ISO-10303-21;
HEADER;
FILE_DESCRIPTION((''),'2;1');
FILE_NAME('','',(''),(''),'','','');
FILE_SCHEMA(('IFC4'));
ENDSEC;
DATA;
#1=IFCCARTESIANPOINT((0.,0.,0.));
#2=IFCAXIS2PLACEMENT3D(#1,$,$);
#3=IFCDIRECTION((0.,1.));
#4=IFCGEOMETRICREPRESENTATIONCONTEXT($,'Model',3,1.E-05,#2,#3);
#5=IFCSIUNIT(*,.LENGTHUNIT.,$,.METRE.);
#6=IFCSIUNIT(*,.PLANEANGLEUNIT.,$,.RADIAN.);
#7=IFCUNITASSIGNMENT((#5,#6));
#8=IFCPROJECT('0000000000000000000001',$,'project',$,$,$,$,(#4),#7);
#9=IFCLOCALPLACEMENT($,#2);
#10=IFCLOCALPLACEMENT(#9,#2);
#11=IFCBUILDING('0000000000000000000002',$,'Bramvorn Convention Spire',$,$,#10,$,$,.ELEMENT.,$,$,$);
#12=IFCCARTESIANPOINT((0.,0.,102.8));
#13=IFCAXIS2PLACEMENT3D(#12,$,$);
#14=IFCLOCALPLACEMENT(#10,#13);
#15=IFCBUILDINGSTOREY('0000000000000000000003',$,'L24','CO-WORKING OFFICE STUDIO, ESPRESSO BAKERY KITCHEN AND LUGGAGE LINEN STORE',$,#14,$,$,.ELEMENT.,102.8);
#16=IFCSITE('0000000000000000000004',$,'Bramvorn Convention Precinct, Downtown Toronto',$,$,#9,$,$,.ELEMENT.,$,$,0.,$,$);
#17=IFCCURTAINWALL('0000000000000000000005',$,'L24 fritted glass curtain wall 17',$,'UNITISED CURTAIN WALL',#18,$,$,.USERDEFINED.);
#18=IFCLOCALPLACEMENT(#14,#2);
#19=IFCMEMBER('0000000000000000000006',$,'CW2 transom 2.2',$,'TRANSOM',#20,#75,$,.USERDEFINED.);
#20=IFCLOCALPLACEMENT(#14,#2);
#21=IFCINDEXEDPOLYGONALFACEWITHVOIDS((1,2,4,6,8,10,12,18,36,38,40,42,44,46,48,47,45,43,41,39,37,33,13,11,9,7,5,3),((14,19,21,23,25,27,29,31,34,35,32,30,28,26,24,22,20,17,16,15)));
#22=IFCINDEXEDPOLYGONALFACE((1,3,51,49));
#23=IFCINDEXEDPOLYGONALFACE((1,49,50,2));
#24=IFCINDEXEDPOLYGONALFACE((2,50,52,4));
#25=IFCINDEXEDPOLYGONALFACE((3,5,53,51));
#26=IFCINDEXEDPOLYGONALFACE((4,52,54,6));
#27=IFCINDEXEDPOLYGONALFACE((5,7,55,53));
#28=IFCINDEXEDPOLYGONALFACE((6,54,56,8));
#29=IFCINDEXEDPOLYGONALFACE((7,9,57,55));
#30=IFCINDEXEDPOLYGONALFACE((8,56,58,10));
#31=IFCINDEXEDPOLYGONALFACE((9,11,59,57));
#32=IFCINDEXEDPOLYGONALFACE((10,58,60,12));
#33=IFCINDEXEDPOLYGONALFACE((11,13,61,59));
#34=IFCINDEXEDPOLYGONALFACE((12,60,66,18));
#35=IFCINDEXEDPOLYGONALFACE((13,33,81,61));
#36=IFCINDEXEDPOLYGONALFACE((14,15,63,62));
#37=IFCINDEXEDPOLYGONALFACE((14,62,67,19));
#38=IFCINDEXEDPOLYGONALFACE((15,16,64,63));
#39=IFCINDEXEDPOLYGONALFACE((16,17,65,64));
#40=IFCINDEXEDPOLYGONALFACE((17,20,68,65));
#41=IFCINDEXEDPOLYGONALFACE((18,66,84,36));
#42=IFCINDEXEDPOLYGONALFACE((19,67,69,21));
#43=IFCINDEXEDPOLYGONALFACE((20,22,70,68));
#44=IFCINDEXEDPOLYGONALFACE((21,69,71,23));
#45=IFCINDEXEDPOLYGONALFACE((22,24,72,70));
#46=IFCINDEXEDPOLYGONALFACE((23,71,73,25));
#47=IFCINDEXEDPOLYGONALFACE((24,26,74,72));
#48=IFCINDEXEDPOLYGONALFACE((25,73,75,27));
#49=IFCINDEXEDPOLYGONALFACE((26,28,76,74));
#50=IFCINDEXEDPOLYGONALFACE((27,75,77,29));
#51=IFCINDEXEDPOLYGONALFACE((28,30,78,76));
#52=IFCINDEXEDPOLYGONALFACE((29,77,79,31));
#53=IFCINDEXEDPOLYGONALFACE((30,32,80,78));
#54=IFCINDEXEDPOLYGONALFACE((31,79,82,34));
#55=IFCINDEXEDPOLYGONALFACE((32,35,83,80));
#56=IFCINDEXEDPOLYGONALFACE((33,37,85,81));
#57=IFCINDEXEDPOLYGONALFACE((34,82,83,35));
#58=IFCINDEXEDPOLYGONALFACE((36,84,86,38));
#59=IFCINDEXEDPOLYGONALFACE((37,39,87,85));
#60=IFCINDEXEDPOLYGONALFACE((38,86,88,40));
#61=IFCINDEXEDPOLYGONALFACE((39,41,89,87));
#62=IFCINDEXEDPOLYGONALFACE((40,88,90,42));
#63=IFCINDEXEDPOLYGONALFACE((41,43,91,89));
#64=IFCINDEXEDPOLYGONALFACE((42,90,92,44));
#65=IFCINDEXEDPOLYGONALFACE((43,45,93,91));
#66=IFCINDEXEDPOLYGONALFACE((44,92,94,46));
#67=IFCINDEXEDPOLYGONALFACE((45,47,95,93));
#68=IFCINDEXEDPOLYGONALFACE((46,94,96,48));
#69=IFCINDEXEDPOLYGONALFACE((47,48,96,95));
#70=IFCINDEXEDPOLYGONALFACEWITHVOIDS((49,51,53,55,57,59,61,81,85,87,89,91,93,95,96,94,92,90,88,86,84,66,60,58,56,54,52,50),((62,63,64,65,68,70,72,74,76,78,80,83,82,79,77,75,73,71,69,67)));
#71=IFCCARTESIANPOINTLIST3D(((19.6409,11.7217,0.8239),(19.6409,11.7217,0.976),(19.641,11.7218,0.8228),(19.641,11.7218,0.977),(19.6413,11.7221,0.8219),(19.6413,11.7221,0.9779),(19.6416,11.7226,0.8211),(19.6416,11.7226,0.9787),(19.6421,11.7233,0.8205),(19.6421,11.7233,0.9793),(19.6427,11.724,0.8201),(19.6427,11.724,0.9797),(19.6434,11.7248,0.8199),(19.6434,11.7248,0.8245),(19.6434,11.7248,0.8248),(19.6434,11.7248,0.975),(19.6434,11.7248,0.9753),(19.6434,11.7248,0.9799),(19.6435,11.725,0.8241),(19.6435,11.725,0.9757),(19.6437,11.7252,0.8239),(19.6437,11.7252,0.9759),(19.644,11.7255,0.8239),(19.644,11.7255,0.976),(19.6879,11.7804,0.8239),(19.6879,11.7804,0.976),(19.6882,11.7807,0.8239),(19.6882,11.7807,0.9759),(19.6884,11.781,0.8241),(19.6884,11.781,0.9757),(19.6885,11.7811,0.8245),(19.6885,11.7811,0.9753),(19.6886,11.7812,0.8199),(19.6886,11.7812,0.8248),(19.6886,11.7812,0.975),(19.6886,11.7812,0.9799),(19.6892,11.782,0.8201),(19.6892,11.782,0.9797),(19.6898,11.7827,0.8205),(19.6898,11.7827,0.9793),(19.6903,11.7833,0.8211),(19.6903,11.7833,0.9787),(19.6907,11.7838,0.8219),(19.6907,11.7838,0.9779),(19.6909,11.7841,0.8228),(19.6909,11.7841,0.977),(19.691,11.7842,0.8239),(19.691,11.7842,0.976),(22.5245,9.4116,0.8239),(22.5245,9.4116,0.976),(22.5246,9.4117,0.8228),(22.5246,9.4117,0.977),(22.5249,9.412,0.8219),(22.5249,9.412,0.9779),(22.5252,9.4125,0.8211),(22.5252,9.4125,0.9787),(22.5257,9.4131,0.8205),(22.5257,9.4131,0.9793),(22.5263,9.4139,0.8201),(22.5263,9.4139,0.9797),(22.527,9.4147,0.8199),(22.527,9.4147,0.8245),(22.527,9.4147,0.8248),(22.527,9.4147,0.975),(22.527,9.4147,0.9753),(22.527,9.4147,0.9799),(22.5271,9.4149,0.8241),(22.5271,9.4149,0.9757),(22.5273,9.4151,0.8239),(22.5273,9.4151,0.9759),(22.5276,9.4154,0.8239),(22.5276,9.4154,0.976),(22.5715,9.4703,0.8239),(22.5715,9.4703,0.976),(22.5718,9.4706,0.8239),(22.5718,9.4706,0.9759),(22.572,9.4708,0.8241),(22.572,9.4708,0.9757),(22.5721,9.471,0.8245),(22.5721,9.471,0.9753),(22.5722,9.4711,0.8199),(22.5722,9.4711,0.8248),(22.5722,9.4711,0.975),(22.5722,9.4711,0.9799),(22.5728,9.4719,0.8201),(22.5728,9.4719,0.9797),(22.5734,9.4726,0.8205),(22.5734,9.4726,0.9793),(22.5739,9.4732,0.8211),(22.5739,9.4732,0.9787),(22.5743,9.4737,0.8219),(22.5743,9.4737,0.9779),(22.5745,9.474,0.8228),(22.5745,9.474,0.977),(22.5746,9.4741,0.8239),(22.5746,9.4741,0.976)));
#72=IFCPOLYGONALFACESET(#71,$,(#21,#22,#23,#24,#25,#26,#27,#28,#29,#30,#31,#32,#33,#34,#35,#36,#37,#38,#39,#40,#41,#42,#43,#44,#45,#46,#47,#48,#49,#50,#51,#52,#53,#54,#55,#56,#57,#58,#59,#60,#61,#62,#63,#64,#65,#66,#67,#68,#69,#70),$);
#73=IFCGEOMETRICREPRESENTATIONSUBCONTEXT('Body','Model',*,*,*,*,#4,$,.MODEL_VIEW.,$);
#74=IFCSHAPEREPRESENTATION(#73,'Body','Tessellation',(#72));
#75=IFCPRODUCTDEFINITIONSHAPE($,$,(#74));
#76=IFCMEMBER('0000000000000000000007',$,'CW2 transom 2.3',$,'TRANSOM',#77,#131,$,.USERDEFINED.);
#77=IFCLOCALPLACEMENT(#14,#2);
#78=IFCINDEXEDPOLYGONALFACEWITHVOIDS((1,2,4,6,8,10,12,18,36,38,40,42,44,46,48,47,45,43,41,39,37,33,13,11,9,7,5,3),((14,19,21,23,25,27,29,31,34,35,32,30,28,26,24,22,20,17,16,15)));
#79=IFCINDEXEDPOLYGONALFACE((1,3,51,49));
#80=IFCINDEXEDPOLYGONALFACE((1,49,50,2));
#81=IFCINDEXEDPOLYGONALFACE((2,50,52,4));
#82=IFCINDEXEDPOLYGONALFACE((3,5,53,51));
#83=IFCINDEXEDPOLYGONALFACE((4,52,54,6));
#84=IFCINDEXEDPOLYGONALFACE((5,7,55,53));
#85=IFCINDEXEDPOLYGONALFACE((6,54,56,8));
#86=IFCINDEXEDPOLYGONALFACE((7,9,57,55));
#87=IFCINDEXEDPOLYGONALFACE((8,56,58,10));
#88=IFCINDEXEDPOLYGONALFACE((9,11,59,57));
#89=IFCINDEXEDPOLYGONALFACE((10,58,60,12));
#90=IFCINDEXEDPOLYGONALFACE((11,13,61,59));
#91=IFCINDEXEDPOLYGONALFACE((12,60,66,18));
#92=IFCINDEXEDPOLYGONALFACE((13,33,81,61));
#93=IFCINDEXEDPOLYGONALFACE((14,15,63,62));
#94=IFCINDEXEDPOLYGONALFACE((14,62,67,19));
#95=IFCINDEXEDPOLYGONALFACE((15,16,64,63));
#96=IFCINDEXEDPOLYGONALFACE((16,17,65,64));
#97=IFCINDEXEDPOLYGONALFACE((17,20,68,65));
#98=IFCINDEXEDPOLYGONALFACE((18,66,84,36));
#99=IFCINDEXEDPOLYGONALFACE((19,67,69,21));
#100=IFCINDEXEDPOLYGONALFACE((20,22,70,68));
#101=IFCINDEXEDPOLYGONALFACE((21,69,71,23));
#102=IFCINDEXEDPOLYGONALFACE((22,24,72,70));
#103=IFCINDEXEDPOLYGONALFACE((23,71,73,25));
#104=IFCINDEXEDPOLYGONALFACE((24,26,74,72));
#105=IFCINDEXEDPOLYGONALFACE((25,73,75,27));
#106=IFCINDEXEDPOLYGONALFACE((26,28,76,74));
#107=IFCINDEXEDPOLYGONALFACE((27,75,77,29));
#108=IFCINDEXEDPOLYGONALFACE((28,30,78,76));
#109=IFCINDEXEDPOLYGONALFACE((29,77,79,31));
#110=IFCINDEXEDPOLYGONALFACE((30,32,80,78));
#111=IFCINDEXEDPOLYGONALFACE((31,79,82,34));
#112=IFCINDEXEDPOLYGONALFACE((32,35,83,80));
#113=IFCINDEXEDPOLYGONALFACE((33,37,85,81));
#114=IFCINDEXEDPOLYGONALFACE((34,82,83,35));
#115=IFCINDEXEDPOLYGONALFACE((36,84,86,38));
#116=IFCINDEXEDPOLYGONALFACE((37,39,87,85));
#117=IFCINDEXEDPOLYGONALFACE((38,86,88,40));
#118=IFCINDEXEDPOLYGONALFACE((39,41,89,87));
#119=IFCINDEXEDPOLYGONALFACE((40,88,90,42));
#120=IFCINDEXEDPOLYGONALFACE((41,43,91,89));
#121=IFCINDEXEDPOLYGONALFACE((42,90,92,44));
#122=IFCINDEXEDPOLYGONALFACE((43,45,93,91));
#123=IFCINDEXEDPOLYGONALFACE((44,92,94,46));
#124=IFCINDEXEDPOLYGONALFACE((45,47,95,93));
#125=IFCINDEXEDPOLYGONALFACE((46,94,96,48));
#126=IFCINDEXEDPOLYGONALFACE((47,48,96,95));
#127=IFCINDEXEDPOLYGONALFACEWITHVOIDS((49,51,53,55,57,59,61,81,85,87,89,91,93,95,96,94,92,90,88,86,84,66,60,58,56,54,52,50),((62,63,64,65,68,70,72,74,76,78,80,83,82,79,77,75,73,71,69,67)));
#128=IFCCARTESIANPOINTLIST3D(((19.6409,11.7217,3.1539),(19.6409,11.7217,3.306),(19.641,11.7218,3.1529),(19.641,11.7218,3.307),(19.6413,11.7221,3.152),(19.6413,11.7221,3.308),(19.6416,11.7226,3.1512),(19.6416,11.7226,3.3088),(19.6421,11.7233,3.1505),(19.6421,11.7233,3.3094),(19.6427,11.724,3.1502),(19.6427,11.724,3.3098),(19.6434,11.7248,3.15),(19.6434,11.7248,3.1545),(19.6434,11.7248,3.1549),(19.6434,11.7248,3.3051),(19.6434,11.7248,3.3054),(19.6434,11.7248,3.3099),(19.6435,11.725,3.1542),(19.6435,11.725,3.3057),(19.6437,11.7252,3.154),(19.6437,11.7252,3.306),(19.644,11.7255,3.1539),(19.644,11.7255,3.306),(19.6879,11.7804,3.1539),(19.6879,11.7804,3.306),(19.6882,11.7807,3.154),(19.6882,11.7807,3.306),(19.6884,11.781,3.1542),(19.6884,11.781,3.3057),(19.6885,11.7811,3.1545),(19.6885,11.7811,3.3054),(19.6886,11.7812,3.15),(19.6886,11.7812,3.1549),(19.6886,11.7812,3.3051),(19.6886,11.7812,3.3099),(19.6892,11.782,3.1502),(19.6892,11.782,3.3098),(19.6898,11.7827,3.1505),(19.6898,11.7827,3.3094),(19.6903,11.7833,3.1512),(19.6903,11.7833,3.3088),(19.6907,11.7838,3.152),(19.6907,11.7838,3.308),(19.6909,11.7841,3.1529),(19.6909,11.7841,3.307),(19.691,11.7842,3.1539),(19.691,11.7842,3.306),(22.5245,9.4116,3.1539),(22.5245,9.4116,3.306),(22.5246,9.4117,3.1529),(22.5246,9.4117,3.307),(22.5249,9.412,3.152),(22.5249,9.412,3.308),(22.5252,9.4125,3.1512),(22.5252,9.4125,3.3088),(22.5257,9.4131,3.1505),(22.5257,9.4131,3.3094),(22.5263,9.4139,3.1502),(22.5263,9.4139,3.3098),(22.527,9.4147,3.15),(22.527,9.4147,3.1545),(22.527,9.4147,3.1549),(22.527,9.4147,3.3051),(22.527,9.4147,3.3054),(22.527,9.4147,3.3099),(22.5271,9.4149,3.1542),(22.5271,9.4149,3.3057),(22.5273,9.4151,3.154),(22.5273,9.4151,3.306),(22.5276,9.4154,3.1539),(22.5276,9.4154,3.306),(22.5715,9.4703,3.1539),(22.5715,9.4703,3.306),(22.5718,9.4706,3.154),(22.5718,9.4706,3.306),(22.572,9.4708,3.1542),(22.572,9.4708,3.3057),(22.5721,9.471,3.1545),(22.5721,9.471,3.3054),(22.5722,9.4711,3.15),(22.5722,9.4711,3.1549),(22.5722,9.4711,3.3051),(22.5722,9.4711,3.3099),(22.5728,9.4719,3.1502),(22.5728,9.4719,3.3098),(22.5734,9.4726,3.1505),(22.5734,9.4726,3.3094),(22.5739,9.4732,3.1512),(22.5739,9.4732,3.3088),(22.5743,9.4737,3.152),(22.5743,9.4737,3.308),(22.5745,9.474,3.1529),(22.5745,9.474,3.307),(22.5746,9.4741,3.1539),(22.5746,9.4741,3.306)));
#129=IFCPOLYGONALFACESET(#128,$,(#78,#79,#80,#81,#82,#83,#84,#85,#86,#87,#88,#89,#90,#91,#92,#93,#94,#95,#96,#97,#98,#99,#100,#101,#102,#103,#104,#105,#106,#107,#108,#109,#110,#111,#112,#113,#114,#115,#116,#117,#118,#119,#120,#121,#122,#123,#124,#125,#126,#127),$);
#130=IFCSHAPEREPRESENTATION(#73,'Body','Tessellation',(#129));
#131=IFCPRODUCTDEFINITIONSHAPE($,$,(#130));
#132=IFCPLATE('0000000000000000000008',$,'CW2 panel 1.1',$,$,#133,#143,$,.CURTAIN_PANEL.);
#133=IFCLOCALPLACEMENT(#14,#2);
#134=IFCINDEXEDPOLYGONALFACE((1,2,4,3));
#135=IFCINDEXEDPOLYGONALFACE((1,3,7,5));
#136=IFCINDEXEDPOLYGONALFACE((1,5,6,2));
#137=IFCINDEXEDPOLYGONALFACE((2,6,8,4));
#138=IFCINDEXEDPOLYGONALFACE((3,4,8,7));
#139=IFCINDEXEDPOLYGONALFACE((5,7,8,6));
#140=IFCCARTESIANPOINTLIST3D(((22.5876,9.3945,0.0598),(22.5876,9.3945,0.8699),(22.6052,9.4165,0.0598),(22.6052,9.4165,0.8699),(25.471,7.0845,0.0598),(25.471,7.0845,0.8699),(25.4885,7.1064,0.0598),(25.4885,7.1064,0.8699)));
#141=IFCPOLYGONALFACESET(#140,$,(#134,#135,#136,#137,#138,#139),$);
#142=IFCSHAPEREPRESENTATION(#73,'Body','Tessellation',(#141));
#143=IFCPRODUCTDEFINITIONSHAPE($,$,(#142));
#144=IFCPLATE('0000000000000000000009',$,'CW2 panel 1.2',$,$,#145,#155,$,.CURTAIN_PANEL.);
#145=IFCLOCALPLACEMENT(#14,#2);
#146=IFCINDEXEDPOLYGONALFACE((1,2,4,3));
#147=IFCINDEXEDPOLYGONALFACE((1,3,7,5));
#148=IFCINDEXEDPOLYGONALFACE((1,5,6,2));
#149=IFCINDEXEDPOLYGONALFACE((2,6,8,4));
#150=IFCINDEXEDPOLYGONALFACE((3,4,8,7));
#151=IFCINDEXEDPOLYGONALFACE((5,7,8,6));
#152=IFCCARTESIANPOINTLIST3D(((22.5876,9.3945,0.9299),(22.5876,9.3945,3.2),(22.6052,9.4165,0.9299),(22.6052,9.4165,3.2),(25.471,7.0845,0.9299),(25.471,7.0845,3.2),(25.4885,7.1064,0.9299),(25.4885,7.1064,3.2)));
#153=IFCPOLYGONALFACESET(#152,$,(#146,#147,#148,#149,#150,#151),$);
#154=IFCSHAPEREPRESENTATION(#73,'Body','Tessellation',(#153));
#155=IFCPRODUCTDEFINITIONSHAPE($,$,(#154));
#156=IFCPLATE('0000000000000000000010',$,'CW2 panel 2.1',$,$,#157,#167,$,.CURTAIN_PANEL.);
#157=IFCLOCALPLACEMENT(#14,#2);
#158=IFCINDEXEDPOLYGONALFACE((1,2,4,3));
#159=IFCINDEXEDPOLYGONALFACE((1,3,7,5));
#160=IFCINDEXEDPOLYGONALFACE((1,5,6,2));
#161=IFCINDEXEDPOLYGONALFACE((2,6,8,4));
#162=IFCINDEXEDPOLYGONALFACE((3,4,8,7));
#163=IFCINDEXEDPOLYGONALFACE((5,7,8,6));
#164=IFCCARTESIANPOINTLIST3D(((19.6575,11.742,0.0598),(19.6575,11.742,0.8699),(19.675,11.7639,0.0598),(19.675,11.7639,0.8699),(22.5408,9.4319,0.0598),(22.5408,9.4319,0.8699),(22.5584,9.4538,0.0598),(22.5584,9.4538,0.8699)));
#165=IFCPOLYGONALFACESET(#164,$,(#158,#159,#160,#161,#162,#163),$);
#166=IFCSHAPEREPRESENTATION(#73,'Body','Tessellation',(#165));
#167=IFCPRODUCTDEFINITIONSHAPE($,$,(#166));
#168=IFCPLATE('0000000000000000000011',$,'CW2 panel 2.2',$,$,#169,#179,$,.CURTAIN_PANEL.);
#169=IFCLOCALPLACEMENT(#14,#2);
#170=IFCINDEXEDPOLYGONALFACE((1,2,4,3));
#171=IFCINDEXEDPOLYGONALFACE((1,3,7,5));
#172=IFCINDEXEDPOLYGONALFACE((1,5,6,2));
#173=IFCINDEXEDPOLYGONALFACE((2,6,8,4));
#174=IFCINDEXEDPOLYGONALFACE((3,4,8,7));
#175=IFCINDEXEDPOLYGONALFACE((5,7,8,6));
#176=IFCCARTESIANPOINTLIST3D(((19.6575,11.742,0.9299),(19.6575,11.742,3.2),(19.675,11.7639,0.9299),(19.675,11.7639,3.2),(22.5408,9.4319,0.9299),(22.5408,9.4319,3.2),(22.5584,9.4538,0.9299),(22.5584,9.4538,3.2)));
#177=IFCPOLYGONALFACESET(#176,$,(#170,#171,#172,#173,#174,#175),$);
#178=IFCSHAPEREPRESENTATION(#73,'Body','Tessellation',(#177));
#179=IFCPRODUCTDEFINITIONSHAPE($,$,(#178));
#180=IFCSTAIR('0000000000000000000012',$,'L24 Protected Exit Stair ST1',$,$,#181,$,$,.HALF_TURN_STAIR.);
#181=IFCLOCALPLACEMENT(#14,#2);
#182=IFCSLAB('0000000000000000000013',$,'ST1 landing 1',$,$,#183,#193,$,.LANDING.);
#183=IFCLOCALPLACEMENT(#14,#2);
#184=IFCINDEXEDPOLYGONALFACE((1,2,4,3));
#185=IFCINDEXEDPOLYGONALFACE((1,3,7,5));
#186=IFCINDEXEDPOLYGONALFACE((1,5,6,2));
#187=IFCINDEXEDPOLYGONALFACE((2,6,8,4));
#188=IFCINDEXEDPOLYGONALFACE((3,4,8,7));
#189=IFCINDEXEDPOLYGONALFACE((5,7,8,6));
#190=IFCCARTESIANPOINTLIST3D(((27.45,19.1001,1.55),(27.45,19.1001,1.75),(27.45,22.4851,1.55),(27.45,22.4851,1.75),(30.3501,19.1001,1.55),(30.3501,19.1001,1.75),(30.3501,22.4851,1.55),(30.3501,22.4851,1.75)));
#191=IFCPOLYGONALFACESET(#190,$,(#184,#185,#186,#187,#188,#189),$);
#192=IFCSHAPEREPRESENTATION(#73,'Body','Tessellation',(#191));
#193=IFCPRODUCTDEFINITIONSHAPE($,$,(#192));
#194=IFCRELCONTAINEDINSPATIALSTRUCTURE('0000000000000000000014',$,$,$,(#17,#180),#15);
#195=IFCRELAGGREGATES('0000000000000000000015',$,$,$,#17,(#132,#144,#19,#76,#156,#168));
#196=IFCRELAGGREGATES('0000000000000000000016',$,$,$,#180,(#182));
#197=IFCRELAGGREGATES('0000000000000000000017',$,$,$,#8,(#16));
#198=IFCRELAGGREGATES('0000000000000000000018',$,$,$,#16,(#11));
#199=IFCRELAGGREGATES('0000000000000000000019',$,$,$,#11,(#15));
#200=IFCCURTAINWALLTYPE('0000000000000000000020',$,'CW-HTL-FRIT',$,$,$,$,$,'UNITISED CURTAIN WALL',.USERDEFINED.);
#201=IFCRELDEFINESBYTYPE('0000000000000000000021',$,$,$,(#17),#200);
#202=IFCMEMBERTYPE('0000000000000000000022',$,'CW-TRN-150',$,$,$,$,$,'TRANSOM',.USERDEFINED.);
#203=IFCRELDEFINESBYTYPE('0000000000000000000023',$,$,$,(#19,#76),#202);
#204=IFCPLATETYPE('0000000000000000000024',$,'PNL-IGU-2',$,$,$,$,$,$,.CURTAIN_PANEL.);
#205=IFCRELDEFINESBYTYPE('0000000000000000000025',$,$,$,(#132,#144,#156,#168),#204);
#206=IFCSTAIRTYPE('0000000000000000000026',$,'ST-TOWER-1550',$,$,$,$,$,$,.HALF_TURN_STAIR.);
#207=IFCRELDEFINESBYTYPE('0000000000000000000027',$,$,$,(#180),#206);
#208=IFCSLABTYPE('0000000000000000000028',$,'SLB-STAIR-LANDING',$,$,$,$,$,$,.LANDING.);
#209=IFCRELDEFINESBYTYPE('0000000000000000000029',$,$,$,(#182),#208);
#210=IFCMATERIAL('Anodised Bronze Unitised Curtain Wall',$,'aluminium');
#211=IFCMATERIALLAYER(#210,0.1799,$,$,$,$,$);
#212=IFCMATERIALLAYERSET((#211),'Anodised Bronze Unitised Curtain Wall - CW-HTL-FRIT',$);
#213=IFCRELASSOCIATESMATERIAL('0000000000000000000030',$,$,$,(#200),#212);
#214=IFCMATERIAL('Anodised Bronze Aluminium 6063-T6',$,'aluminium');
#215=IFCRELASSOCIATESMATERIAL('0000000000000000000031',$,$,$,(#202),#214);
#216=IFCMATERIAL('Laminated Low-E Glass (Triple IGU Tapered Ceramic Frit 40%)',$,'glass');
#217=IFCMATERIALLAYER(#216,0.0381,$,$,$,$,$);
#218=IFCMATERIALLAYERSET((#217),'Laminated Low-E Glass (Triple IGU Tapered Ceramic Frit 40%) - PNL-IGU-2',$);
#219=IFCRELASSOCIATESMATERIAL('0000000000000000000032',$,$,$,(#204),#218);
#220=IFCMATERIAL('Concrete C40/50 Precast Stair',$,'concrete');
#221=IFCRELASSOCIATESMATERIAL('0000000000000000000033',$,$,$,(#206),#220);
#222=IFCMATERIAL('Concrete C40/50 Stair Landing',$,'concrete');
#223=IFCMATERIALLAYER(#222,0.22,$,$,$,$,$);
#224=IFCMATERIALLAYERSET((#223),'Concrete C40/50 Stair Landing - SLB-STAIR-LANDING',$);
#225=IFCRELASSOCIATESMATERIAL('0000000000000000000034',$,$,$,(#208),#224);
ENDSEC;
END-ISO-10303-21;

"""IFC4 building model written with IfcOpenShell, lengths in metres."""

from ifc_helpers import new_model, si_unit, direction, frame, origin, origin_2d, place, context, subcontext, project, spatial, polyline, rectangle, hollow_rectangle, outline, extrude, material, layer, layer_set, material_profile, profile_set, type_object, element, aggregate, save


model = new_model("IFC4")

# Units and contexts
model_context = context("Model", 3, precision=1e-05, world=origin(), true_north=direction((0.0, 1.0)))
body_context = subcontext(model_context, "Body", "Model", "MODEL_VIEW")
ifc_project = project(units=[si_unit("LENGTHUNIT", "METRE"), si_unit("PLANEANGLEUNIT", "RADIAN")], contexts=[model_context])

# Site, building, storey
site_placement = place(None, origin())
site = spatial("IfcSite", under=ifc_project, at=site_placement, Name="Bramvorn Convention Precinct, Downtown Toronto", CompositionType="ELEMENT", RefElevation=0.0)
building_placement = place(site_placement, origin())
building = spatial("IfcBuilding", under=site, at=building_placement, Name="Bramvorn Convention Spire", CompositionType="ELEMENT")
storey_placement = place(building_placement, frame((0.0, 0.0, 102.8)))
storey = spatial("IfcBuildingStorey", under=building, at=storey_placement, Name="L24", Description="CO-WORKING OFFICE STUDIO, ESPRESSO BAKERY KITCHEN AND LUGGAGE LINEN STORE", CompositionType="ELEMENT", Elevation=102.8)

# Curtain wall, members, plates
ifc_material_1 = material(Name="Anodised Bronze Unitised Curtain Wall", Category="aluminium")
ifc_layer_1 = layer(ifc_material_1, 0.1799)
ifc_layer_set_1 = layer_set([ifc_layer_1], Name="Anodised Bronze Unitised Curtain Wall - CW-HTL-FRIT")
curtain_wall_type = type_object("IfcCurtainWallType", Name="CW-HTL-FRIT", ElementType="UNITISED CURTAIN WALL", PredefinedType="USERDEFINED", material=ifc_layer_set_1)
curtain_wall_placement = place(storey_placement, origin())
curtain_wall = element("IfcCurtainWall", 1, at=curtain_wall_placement, inside=storey, type_object=curtain_wall_type, Name="L24 fritted glass curtain wall 17", ObjectType="UNITISED CURTAIN WALL", PredefinedType="USERDEFINED")
ifc_material_2 = material(Name="Anodised Bronze Aluminium 6063-T6", Category="aluminium")
ifc_material_profile_1 = material_profile(ifc_material_2, hollow_rectangle(XDim=0.0801, YDim=0.1599, WallThickness=0.0039, InnerFilletRadius=0.001, OuterFilletRadius=0.0039, at=origin_2d()))
ifc_profile_set_1 = profile_set([ifc_material_profile_1], Name="Anodised Bronze Aluminium 6063-T6 - CWT80X160")
member_type_1 = type_object("IfcMemberType", Name="CW-TRN-150", ElementType="TRANSOM", PredefinedType="USERDEFINED", material=ifc_profile_set_1)
member_1_placement = place(storey_placement, frame((22.5496, 9.4429, 0.8999), z_axis=(-0.780443, 0.625227, 0.0), x_axis=(-0.625227, -0.780443, 0.0)))
member_1 = element("IfcMember", 2, at=member_1_placement, type_object=member_type_1, Name="CW2 transom 2.2", ObjectType="TRANSOM", PredefinedType="USERDEFINED", context=body_context, shape_type="SweptSolid", body=[
    extrude(hollow_rectangle(XDim=0.0801, YDim=0.1599, WallThickness=0.0039, InnerFilletRadius=0.001, OuterFilletRadius=0.0039, at=origin_2d()), origin(), (0.0, 0.0, 1.0), 3.6948),
])
member_2_placement = place(storey_placement, frame((22.5496, 9.4429, 3.23), z_axis=(-0.780443, 0.625227, 0.0), x_axis=(-0.625227, -0.780443, 0.0)))
member_2 = element("IfcMember", 3, at=member_2_placement, type_object=member_type_1, Name="CW2 transom 2.3", ObjectType="TRANSOM", PredefinedType="USERDEFINED", context=body_context, shape_type="SweptSolid", body=[
    extrude(hollow_rectangle(XDim=0.0801, YDim=0.1599, WallThickness=0.0039, InnerFilletRadius=0.001, OuterFilletRadius=0.0039, at=origin_2d()), origin(), (0.0, 0.0, 1.0), 3.6948),
])
ifc_material_3 = material(Name="Laminated Low-E Glass (Triple IGU Tapered Ceramic Frit 40%)", Category="glass")
ifc_layer_2 = layer(ifc_material_3, 0.0381)
ifc_layer_set_2 = layer_set([ifc_layer_2], Name="Laminated Low-E Glass (Triple IGU Tapered Ceramic Frit 40%) - PNL-IGU-2")
plate_type = type_object("IfcPlateType", Name="PNL-IGU-2", PredefinedType="CURTAIN_PANEL", material=ifc_layer_set_2)
plate_1_placement = place(storey_placement, frame((24.0381, 8.2505, 0.0598), z_axis=(0.0, 0.0, 1.0), x_axis=(-0.780428, 0.625246, 0.0)))
plate_1 = element("IfcPlate", 4, at=plate_1_placement, type_object=plate_type, Name="CW2 panel 1.1", PredefinedType="CURTAIN_PANEL", context=body_context, shape_type="SweptSolid", body=[
    extrude(rectangle(XDim=3.6946, YDim=0.0281, at=origin_2d()), origin(), (0.0, 0.0, 1.0), 0.8101),
])
plate_2_placement = place(storey_placement, frame((24.0381, 8.2505, 0.9299), z_axis=(0.0, 0.0, 1.0), x_axis=(-0.780428, 0.625246, 0.0)))
plate_2 = element("IfcPlate", 5, at=plate_2_placement, type_object=plate_type, Name="CW2 panel 1.2", PredefinedType="CURTAIN_PANEL", context=body_context, shape_type="SweptSolid", body=[
    extrude(rectangle(XDim=3.6946, YDim=0.0281, at=origin_2d()), origin(), (0.0, 0.0, 1.0), 2.27),
])
plate_3_placement = place(storey_placement, frame((21.1079, 10.5979, 0.0598), z_axis=(0.0, 0.0, 1.0), x_axis=(-0.780428, 0.625246, 0.0)))
plate_3 = element("IfcPlate", 6, at=plate_3_placement, type_object=plate_type, Name="CW2 panel 2.1", PredefinedType="CURTAIN_PANEL", context=body_context, shape_type="SweptSolid", body=[
    extrude(rectangle(XDim=3.6946, YDim=0.0281, at=origin_2d()), origin(), (0.0, 0.0, 1.0), 0.8101),
])
plate_4_placement = place(storey_placement, frame((21.1079, 10.5979, 0.9299), z_axis=(0.0, 0.0, 1.0), x_axis=(-0.780428, 0.625246, 0.0)))
plate_4 = element("IfcPlate", 7, at=plate_4_placement, type_object=plate_type, Name="CW2 panel 2.2", PredefinedType="CURTAIN_PANEL", context=body_context, shape_type="SweptSolid", body=[
    extrude(rectangle(XDim=3.6946, YDim=0.0281, at=origin_2d()), origin(), (0.0, 0.0, 1.0), 2.27),
])
aggregate(curtain_wall, [plate_1, plate_2, member_1, member_2, plate_3, plate_4])

# Stair, slab
ifc_material_4 = material(Name="Concrete C40/50 Precast Stair", Category="concrete")
stair_type = type_object("IfcStairType", Name="ST-TOWER-1550", PredefinedType="HALF_TURN_STAIR", material=ifc_material_4)
stair_1_placement = place(storey_placement, origin())
stair_1 = element("IfcStair", 8, at=stair_1_placement, inside=storey, type_object=stair_type, Name="L24 Protected Exit Stair ST1", PredefinedType="HALF_TURN_STAIR")
ifc_material_5 = material(Name="Concrete C40/50 Stair Landing", Category="concrete")
ifc_layer_3 = layer(ifc_material_5, 0.22)
ifc_layer_set_3 = layer_set([ifc_layer_3], Name="Concrete C40/50 Stair Landing - SLB-STAIR-LANDING")
slab_type_1 = type_object("IfcSlabType", Name="SLB-STAIR-LANDING", PredefinedType="LANDING", material=ifc_layer_set_3)
slab_1_placement = place(storey_placement, frame((0.0, 0.0, 1.55)))
slab_1 = element("IfcSlab", 9, at=slab_1_placement, type_object=slab_type_1, Name="ST1 landing 1", PredefinedType="LANDING", context=body_context, shape_type="SweptSolid", body=[
    extrude(outline(polyline([(27.45, 22.4851), (27.45, 19.1001), (30.3501, 19.1001), (30.3501, 22.4851), (27.45, 22.4851)])), origin(), (0.0, 0.0, 1.0), 0.2),
])
aggregate(stair_1, [slab_1])

save(model, "model.ifc")
